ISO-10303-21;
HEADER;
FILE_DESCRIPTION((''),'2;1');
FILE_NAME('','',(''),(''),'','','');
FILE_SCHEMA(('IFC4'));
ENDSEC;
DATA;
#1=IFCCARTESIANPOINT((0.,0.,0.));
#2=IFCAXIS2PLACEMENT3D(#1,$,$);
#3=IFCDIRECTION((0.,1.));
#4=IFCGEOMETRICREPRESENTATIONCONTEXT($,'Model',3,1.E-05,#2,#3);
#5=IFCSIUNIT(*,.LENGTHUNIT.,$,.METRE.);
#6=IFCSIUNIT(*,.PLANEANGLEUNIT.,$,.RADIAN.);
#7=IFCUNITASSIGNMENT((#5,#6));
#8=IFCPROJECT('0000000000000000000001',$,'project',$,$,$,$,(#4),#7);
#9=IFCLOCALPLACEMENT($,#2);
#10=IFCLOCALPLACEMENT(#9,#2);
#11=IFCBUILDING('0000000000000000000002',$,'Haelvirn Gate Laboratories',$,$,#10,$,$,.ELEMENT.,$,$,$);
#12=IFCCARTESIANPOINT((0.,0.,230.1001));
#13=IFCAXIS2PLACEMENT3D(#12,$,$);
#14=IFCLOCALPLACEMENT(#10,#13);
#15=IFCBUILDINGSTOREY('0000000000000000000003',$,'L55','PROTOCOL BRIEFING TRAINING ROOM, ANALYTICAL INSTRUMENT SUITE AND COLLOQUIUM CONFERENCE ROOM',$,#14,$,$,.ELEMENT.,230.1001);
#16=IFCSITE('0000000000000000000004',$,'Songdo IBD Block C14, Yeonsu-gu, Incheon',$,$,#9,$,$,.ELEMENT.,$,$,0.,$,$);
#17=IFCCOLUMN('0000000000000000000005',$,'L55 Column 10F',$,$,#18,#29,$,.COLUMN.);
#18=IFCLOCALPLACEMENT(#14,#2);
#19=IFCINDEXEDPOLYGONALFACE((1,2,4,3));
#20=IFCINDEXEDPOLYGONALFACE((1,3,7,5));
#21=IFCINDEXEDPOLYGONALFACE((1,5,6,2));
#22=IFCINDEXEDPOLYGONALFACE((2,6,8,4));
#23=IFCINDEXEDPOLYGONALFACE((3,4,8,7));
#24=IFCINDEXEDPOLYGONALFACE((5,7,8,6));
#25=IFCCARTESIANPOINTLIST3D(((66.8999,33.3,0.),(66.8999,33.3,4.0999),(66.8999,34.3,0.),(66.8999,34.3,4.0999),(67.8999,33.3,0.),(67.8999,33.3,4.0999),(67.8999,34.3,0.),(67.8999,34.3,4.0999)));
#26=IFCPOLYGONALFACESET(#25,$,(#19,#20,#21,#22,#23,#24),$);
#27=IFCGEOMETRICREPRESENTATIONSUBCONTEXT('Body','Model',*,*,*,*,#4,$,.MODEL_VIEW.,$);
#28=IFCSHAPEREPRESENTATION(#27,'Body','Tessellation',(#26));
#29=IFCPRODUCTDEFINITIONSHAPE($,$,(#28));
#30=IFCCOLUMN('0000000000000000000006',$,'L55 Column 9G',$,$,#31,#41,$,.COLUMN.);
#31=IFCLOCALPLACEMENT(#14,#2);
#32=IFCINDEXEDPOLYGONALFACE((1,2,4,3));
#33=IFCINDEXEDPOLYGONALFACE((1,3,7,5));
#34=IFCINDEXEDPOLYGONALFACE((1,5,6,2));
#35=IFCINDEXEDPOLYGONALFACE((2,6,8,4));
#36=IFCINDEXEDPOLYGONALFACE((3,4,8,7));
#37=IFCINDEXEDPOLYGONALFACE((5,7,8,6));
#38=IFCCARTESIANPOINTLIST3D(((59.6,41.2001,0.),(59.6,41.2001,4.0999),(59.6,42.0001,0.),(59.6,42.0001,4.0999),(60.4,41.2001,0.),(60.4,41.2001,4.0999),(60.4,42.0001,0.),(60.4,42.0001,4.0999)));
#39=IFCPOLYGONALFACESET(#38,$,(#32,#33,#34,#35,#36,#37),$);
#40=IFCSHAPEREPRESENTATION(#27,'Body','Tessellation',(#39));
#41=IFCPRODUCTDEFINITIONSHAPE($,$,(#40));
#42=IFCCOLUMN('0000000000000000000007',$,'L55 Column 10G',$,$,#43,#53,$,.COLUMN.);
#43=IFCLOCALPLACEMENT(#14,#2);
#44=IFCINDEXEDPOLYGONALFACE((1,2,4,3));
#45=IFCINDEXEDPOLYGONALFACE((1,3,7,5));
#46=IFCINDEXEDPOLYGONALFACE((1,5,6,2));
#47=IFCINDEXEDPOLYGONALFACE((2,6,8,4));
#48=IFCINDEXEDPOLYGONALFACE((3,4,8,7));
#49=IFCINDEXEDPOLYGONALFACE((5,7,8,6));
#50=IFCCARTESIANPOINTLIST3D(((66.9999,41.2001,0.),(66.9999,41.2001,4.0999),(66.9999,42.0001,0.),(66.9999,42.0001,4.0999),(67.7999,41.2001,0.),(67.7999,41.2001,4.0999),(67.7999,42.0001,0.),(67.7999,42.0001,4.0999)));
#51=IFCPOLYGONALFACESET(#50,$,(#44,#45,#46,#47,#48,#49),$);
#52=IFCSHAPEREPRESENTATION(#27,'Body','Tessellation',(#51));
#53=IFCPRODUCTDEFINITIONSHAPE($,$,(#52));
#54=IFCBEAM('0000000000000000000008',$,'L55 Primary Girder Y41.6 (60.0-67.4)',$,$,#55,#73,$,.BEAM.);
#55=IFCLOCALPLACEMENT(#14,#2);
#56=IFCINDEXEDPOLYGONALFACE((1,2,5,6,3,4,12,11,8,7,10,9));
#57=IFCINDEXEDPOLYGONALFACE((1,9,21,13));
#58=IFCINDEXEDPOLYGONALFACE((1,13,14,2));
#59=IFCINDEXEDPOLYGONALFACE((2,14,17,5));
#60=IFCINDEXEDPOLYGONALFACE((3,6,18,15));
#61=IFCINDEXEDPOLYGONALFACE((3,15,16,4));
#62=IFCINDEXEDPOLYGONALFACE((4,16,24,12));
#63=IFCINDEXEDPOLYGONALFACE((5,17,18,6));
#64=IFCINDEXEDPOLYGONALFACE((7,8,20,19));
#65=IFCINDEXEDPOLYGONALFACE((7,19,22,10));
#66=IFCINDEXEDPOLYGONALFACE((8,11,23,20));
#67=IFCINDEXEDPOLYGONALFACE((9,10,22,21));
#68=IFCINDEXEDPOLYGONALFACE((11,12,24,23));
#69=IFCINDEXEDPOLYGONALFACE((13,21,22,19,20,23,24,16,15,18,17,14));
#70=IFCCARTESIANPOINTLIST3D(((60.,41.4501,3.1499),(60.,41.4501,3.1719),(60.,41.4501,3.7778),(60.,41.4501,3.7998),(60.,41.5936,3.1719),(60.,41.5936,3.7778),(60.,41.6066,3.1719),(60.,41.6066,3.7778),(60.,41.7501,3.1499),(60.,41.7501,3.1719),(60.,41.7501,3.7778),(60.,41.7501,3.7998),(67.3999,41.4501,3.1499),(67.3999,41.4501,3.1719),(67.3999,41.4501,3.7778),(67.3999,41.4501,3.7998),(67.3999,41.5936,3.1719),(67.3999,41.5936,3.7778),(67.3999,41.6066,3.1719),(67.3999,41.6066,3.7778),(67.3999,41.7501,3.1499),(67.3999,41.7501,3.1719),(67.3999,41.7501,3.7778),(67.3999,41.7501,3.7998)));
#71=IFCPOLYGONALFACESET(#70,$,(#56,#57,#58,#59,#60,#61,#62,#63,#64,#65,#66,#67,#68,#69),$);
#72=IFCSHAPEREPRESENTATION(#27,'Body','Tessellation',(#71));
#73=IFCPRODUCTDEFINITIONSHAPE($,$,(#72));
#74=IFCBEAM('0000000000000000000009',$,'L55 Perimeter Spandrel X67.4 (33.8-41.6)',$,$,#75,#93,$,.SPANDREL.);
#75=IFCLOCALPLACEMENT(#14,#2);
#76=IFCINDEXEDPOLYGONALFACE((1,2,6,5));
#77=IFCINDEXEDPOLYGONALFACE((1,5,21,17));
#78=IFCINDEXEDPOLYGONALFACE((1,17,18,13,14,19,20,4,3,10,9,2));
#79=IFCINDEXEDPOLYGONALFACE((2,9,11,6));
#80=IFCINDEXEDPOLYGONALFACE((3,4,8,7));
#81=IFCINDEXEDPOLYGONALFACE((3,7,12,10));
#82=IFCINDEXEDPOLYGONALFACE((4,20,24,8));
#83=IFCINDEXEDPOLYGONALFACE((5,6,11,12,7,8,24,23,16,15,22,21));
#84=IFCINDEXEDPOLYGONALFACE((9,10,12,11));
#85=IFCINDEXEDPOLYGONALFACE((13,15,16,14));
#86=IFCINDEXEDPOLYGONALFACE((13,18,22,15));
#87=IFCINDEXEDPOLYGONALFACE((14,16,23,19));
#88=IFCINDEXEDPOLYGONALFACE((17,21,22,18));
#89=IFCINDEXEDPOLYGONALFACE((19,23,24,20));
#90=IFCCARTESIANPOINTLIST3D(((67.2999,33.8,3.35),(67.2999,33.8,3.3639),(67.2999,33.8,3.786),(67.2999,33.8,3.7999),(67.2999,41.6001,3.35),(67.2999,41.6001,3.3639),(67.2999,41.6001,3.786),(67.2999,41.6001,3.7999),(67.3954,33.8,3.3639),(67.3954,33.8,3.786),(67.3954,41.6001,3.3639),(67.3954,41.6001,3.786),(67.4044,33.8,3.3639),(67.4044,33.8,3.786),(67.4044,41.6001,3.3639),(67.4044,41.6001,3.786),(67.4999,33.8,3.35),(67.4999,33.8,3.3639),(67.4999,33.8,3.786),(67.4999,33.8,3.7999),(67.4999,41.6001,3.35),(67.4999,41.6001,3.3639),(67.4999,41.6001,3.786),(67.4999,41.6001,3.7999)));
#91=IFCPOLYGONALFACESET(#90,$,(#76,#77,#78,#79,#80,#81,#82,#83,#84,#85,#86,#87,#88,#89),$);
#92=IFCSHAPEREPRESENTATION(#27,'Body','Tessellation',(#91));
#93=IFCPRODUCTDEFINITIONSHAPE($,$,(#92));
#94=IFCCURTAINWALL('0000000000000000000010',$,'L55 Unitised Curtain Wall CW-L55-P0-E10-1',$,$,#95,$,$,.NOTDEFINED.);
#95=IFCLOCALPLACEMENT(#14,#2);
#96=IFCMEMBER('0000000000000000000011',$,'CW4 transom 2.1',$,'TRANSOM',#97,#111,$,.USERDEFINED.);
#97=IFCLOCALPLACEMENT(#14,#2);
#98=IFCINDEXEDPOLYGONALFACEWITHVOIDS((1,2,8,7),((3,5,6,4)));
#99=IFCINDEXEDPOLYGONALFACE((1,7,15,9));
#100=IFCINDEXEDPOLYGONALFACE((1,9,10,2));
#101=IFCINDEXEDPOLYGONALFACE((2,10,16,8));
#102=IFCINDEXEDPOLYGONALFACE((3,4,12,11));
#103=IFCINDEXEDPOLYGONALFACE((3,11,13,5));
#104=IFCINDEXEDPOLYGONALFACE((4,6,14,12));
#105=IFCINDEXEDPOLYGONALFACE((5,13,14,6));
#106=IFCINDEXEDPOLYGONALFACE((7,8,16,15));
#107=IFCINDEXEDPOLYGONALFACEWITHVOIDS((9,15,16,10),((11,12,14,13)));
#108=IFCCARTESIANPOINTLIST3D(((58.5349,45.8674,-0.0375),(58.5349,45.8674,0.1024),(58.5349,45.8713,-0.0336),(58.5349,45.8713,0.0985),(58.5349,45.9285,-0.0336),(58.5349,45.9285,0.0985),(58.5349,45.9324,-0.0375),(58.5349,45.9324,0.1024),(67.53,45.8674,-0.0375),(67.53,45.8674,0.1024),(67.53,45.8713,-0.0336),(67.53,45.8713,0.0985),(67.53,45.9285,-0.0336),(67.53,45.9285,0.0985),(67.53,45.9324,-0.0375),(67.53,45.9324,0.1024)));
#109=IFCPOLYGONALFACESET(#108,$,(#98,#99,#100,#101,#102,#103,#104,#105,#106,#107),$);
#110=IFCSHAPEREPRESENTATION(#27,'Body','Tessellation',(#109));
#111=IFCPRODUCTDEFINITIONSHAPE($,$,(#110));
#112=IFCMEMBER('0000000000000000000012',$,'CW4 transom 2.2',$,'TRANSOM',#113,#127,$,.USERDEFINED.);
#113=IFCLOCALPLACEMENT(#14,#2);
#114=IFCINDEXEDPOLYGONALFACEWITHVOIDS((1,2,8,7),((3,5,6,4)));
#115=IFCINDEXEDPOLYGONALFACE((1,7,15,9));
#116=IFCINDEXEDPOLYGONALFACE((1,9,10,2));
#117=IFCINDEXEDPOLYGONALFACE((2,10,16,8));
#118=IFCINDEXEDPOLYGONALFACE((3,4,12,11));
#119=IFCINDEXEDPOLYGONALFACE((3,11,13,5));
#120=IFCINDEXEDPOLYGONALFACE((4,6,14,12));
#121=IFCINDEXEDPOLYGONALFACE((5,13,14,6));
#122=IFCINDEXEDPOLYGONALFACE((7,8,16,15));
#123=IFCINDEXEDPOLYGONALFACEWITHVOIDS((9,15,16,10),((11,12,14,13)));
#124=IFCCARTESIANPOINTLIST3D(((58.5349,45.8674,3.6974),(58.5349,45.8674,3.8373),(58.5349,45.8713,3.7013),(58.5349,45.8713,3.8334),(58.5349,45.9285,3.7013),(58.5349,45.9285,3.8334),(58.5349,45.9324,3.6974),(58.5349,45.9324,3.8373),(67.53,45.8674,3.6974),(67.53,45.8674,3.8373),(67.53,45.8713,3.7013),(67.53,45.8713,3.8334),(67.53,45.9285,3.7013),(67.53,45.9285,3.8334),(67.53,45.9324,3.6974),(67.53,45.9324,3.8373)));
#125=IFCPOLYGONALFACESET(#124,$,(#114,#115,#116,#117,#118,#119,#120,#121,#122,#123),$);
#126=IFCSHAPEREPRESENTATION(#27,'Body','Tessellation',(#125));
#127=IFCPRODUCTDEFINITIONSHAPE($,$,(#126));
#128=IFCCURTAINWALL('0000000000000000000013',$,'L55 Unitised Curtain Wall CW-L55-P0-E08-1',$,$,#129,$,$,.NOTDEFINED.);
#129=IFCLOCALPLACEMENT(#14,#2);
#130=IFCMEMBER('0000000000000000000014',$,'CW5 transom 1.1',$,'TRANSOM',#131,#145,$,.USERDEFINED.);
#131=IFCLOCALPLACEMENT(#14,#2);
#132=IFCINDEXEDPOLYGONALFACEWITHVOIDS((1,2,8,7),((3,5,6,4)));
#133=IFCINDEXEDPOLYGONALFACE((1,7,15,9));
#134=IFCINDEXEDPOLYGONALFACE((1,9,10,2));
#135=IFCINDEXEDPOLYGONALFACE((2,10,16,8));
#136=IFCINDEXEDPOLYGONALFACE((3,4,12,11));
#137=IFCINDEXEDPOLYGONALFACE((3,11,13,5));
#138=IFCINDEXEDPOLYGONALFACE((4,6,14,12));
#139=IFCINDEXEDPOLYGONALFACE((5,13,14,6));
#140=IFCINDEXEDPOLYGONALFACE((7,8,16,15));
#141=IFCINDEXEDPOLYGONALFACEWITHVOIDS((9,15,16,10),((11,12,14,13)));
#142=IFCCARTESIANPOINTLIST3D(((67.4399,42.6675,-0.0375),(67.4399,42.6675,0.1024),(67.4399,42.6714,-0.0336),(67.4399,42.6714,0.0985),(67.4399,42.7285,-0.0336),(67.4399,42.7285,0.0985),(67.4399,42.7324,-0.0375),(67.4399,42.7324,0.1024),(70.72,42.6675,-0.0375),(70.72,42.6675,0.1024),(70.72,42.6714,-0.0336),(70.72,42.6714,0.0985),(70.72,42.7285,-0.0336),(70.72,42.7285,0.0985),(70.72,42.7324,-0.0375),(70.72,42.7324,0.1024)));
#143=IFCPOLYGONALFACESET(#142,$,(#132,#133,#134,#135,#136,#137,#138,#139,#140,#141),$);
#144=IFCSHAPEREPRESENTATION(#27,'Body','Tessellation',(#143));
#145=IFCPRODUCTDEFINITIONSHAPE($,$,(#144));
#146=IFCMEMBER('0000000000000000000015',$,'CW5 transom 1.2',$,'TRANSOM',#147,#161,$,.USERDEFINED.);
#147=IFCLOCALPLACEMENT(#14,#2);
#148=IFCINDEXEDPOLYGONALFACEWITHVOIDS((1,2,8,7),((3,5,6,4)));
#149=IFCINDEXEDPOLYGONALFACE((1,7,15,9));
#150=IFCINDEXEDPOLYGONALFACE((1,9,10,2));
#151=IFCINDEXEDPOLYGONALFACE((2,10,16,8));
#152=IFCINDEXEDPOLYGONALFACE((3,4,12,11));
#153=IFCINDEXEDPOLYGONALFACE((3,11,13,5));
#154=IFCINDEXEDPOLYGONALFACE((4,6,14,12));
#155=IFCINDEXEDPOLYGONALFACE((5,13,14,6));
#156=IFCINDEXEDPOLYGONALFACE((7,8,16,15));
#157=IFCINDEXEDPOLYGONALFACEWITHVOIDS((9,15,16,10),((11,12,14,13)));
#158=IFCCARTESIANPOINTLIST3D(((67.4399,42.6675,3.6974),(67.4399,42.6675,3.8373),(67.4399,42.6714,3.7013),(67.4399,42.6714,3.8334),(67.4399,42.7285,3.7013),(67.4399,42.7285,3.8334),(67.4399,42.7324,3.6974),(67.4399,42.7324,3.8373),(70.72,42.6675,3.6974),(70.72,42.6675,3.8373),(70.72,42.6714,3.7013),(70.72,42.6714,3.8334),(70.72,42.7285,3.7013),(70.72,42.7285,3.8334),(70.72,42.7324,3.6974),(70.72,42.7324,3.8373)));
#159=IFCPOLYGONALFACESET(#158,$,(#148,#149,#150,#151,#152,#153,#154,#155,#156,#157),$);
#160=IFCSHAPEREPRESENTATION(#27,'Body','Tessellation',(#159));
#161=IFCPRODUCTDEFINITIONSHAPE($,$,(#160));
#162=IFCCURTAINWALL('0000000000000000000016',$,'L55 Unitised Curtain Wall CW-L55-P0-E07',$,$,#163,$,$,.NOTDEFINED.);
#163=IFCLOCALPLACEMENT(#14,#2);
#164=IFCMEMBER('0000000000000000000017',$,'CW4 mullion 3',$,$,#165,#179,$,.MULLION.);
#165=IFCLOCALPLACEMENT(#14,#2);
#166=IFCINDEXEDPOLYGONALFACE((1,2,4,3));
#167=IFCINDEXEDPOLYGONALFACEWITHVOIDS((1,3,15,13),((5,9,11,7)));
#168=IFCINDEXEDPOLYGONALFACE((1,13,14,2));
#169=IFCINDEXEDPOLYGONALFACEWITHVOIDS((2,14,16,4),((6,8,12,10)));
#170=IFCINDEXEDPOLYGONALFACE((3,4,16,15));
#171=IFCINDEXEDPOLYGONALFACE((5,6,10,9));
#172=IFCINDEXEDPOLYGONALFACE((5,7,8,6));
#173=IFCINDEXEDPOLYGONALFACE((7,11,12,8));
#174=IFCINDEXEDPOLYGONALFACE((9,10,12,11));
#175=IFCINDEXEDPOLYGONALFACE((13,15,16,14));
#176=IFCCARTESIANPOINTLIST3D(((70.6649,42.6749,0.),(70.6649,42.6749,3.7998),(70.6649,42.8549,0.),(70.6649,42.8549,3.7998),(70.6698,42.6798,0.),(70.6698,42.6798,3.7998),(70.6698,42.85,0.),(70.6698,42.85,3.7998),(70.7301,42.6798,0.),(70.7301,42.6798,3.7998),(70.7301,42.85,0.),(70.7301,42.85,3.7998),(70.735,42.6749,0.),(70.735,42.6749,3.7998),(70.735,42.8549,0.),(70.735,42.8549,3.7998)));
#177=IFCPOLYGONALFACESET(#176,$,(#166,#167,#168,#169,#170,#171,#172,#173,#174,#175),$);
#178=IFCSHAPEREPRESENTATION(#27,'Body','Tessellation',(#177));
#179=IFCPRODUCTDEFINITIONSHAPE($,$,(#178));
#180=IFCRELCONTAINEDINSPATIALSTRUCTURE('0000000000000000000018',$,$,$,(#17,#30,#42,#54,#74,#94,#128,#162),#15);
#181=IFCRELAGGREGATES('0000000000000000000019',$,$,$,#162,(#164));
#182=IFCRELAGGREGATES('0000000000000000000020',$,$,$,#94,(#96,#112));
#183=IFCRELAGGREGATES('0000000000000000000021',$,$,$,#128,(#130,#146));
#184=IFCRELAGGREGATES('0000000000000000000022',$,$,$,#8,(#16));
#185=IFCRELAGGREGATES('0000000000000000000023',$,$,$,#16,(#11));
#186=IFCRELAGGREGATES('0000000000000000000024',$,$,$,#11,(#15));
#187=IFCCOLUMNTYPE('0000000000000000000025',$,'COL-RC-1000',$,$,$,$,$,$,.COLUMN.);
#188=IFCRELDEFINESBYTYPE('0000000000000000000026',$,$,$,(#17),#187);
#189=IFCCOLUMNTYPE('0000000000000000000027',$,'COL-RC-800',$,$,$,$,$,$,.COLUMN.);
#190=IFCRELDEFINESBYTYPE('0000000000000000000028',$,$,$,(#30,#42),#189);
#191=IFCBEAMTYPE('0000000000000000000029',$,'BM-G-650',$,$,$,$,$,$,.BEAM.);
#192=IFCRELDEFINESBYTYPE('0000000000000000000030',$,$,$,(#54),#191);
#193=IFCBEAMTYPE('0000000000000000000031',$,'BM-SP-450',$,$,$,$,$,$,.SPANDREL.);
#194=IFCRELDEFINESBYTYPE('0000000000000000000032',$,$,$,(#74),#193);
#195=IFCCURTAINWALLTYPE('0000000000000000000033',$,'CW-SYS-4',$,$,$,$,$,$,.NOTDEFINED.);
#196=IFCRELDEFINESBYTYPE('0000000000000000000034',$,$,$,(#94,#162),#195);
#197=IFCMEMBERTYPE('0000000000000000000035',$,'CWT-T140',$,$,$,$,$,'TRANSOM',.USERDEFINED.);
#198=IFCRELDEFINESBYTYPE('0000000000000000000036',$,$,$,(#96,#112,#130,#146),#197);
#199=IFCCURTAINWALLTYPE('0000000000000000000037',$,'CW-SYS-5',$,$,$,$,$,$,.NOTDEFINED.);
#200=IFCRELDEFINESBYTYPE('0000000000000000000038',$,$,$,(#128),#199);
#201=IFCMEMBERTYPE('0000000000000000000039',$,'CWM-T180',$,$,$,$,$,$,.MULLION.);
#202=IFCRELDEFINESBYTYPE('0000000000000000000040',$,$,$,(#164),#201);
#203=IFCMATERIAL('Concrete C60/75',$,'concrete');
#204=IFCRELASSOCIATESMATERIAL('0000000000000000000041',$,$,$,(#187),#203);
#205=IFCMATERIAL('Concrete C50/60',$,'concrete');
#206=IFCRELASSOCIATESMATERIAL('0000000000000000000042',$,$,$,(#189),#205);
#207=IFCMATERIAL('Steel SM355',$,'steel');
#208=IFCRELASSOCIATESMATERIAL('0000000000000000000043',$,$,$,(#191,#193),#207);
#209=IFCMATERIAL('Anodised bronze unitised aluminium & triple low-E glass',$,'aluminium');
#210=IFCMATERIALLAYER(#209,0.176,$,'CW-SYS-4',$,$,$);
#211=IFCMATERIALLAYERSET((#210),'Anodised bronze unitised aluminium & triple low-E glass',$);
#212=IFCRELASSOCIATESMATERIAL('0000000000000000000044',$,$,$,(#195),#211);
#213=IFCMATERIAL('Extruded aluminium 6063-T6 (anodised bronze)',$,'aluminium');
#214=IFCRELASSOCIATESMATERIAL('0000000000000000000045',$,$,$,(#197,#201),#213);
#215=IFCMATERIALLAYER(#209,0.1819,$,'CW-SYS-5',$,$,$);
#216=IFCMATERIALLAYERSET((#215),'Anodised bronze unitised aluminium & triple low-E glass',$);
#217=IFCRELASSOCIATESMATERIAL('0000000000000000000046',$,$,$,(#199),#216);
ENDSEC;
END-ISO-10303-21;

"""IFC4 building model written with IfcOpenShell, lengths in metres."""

from ifc_helpers import new_model, si_unit, direction, frame, origin, origin_2d, place, context, subcontext, project, spatial, rectangle, hollow_rectangle, i_section, extrude, source, transform, mapped, material, layer, layer_set, material_profile, profile_set, type_object, type_shapes, element, aggregate, save


model = new_model("IFC4")

# Units and contexts
model_context = context("Model", 3, precision=1e-05, world=origin(), true_north=direction((0.0, 1.0)))
body_context = subcontext(model_context, "Body", "Model", "MODEL_VIEW")
ifc_project = project(units=[si_unit("LENGTHUNIT", "METRE"), si_unit("PLANEANGLEUNIT", "RADIAN")], contexts=[model_context])

# Site, building, storey
site_placement = place(None, origin())
site = spatial("IfcSite", under=ifc_project, at=site_placement, Name="Songdo IBD Block C14, Yeonsu-gu, Incheon", CompositionType="ELEMENT", RefElevation=0.0)
building_placement = place(site_placement, origin())
building = spatial("IfcBuilding", under=site, at=building_placement, Name="Haelvirn Gate Laboratories", CompositionType="ELEMENT")
storey_placement = place(building_placement, frame((0.0, 0.0, 230.1001)))
storey = spatial("IfcBuildingStorey", under=building, at=storey_placement, Name="L55", Description="PROTOCOL BRIEFING TRAINING ROOM, ANALYTICAL INSTRUMENT SUITE AND COLLOQUIUM CONFERENCE ROOM", CompositionType="ELEMENT", Elevation=230.1001)

# Columns
ifc_material_1 = material(Name="Concrete C60/75", Category="concrete")
ifc_material_profile_1 = material_profile(ifc_material_1, rectangle(XDim=1.0, YDim=1.0, at=origin_2d()), Name="RC-1000x1000")
ifc_profile_set_1 = profile_set([ifc_material_profile_1], Name="Concrete C60/75")
column_type_1 = type_object("IfcColumnType", Name="COL-RC-1000", PredefinedType="COLUMN", material=ifc_profile_set_1)
shared_shape_1 = source(origin(), body_context, "Body", "SweptSolid", [
    extrude(rectangle(XDim=1.0, YDim=1.0, at=origin_2d()), origin(), (0.0, 0.0, 1.0), 4.0999),
])
type_shapes(column_type_1, [shared_shape_1])
column_placement = place(storey_placement, frame((67.3999, 33.8, 0.0), z_axis=(0.0, 0.0, 1.0), x_axis=(1.0, 0.0, 0.0)))
element("IfcColumn", 1, at=column_placement, inside=storey, type_object=column_type_1, Name="L55 Column 10F", PredefinedType="COLUMN", context=body_context, shape_type="MappedRepresentation", body=[
    mapped(shared_shape_1, transform((0.0, 0.0, 0.0), scale=1.0)),
])
ifc_material_2 = material(Name="Concrete C50/60", Category="concrete")
ifc_material_profile_2 = material_profile(ifc_material_2, rectangle(XDim=0.8, YDim=0.8, at=origin_2d()), Name="RC-800x800")
ifc_profile_set_2 = profile_set([ifc_material_profile_2], Name="Concrete C50/60")
column_type_2 = type_object("IfcColumnType", Name="COL-RC-800", PredefinedType="COLUMN", material=ifc_profile_set_2)
shared_shape_2 = source(origin(), body_context, "Body", "SweptSolid", [
    extrude(rectangle(XDim=0.8, YDim=0.8, at=origin_2d()), origin(), (0.0, 0.0, 1.0), 4.0999),
])
type_shapes(column_type_2, [shared_shape_2])
for number, where, z_axis, x_axis, name in (
    (2, (60.0, 41.6001, 0.0), (0.0, 0.0, 1.0), (1.0, 0.0, 0.0), "L55 Column 9G"),
    (3, (67.3999, 41.6001, 0.0), (0.0, 0.0, 1.0), (1.0, 0.0, 0.0), "L55 Column 10G"),
):
    element("IfcColumn", number, at=place(storey_placement, frame(where, z_axis=z_axis, x_axis=x_axis)), inside=storey, type_object=column_type_2, Name=name, PredefinedType="COLUMN", context=body_context, shape_type="MappedRepresentation", body=[
        mapped(shared_shape_2, transform((0.0, 0.0, 0.0), scale=1.0)),
    ])

# Beams
ifc_material_3 = material(Name="Steel SM355", Category="steel")
ifc_material_profile_3 = material_profile(ifc_material_3, i_section(OverallWidth=0.3, OverallDepth=0.6499, WebThickness=0.0129, FlangeThickness=0.022, at=origin_2d()), Name="H-650x300x13x22")
ifc_profile_set_3 = profile_set([ifc_material_profile_3], Name="Steel SM355")
beam_type_1 = type_object("IfcBeamType", Name="BM-G-650", PredefinedType="BEAM", material=ifc_profile_set_3)
shared_shape_3 = source(origin(), body_context, "Body", "SweptSolid", [
    extrude(i_section(OverallWidth=0.3, OverallDepth=0.6499, WebThickness=0.0129, FlangeThickness=0.022, at=origin_2d()), origin(), (0.0, 0.0, 1.0), 7.3999),
])
type_shapes(beam_type_1, [shared_shape_3])
beam_1_placement = place(storey_placement, frame((60.0, 41.6001, 3.4749), z_axis=(1.0, 0.0, 0.0), x_axis=(0.0, 1.0, 0.0)))
element("IfcBeam", 4, at=beam_1_placement, inside=storey, type_object=beam_type_1, Name="L55 Primary Girder Y41.6 (60.0-67.4)", PredefinedType="BEAM", context=body_context, shape_type="MappedRepresentation", body=[
    mapped(shared_shape_3, transform((0.0, 0.0, 0.0), scale=1.0)),
])
ifc_material_profile_4 = material_profile(ifc_material_3, i_section(OverallWidth=0.2, OverallDepth=0.45, WebThickness=0.009, FlangeThickness=0.0139, at=origin_2d()), Name="H-450x200x9x14")
ifc_profile_set_4 = profile_set([ifc_material_profile_4], Name="Steel SM355")
beam_type_2 = type_object("IfcBeamType", Name="BM-SP-450", PredefinedType="SPANDREL", material=ifc_profile_set_4)
shared_shape_4 = source(origin(), body_context, "Body", "SweptSolid", [
    extrude(i_section(OverallWidth=0.2, OverallDepth=0.45, WebThickness=0.009, FlangeThickness=0.0139, at=origin_2d()), origin(), (0.0, 0.0, 1.0), 7.8),
])
type_shapes(beam_type_2, [shared_shape_4])
beam_2_placement = place(storey_placement, frame((67.3999, 33.8, 3.575), z_axis=(0.0, 1.0, 0.0), x_axis=(-1.0, 0.0, 0.0)))
element("IfcBeam", 5, at=beam_2_placement, inside=storey, type_object=beam_type_2, Name="L55 Perimeter Spandrel X67.4 (33.8-41.6)", PredefinedType="SPANDREL", context=body_context, shape_type="MappedRepresentation", body=[
    mapped(shared_shape_4, transform((0.0, 0.0, 0.0), scale=1.0)),
])

# Curtain walls, members
ifc_material_4 = material(Name="Anodised bronze unitised aluminium & triple low-E glass", Category="aluminium")
ifc_layer_1 = layer(ifc_material_4, 0.176, Name="CW-SYS-4")
ifc_layer_set_1 = layer_set([ifc_layer_1], Name="Anodised bronze unitised aluminium & triple low-E glass")
curtain_wall_type_1 = type_object("IfcCurtainWallType", Name="CW-SYS-4", PredefinedType="NOTDEFINED", material=ifc_layer_set_1)
curtain_wall_1_placement = place(storey_placement, origin())
curtain_wall_1 = element("IfcCurtainWall", 6, at=curtain_wall_1_placement, inside=storey, type_object=curtain_wall_type_1, Name="L55 Unitised Curtain Wall CW-L55-P0-E10-1", PredefinedType="NOTDEFINED")
ifc_material_5 = material(Name="Extruded aluminium 6063-T6 (anodised bronze)", Category="aluminium")
ifc_material_profile_5 = material_profile(ifc_material_5, hollow_rectangle(XDim=0.0649, YDim=0.1399, WallThickness=0.0039, at=origin_2d()), Name="CWT-140x65x4")
ifc_profile_set_5 = profile_set([ifc_material_profile_5], Name="Extruded aluminium 6063-T6 (anodised bronze)")
member_type_1 = type_object("IfcMemberType", Name="CWT-T140", ElementType="TRANSOM", PredefinedType="USERDEFINED", material=ifc_profile_set_5)
shared_shape_5 = source(origin(), body_context, "Body", "SweptSolid", [
    extrude(hollow_rectangle(XDim=0.0649, YDim=0.1399, WallThickness=0.0039, at=origin_2d()), origin(), (0.0, 0.0, 1.0), 8.9951),
])
member_1_placement = place(storey_placement, frame((58.5349, 45.8999, 0.0325), z_axis=(1.0, 0.0, 0.0), x_axis=(0.0, 1.0, 0.0)))
member_1 = element("IfcMember", 7, at=member_1_placement, type_object=member_type_1, Name="CW4 transom 2.1", ObjectType="TRANSOM", PredefinedType="USERDEFINED", context=body_context, shape_type="MappedRepresentation", body=[
    mapped(shared_shape_5, transform((0.0, 0.0, 0.0), scale=1.0)),
])
member_2_placement = place(storey_placement, frame((58.5349, 45.8999, 3.7673), z_axis=(1.0, 0.0, 0.0), x_axis=(0.0, 1.0, 0.0)))
member_2 = element("IfcMember", 8, at=member_2_placement, type_object=member_type_1, Name="CW4 transom 2.2", ObjectType="TRANSOM", PredefinedType="USERDEFINED", context=body_context, shape_type="MappedRepresentation", body=[
    mapped(shared_shape_5, transform((0.0, 0.0, 0.0), scale=1.0)),
])
ifc_layer_2 = layer(ifc_material_4, 0.1819, Name="CW-SYS-5")
ifc_layer_set_2 = layer_set([ifc_layer_2], Name="Anodised bronze unitised aluminium & triple low-E glass")
curtain_wall_type_2 = type_object("IfcCurtainWallType", Name="CW-SYS-5", PredefinedType="NOTDEFINED", material=ifc_layer_set_2)
curtain_wall_2_placement = place(storey_placement, origin())
curtain_wall_2 = element("IfcCurtainWall", 9, at=curtain_wall_2_placement, inside=storey, type_object=curtain_wall_type_2, Name="L55 Unitised Curtain Wall CW-L55-P0-E08-1", PredefinedType="NOTDEFINED")
shared_shape_6 = source(origin(), body_context, "Body", "SweptSolid", [
    extrude(hollow_rectangle(XDim=0.0649, YDim=0.1399, WallThickness=0.0039, at=origin_2d()), origin(), (0.0, 0.0, 1.0), 3.28),
])
type_shapes(member_type_1, [shared_shape_5, shared_shape_6])
member_3_placement = place(storey_placement, frame((67.4399, 42.7, 0.0325), z_axis=(1.0, 0.0, 0.0), x_axis=(0.0, 1.0, 0.0)))
member_3 = element("IfcMember", 10, at=member_3_placement, type_object=member_type_1, Name="CW5 transom 1.1", ObjectType="TRANSOM", PredefinedType="USERDEFINED", context=body_context, shape_type="MappedRepresentation", body=[
    mapped(shared_shape_6, transform((0.0, 0.0, 0.0), scale=1.0)),
])
member_4_placement = place(storey_placement, frame((67.4399, 42.7, 3.7673), z_axis=(1.0, 0.0, 0.0), x_axis=(0.0, 1.0, 0.0)))
member_4 = element("IfcMember", 11, at=member_4_placement, type_object=member_type_1, Name="CW5 transom 1.2", ObjectType="TRANSOM", PredefinedType="USERDEFINED", context=body_context, shape_type="MappedRepresentation", body=[
    mapped(shared_shape_6, transform((0.0, 0.0, 0.0), scale=1.0)),
])

# Curtain wall, member
curtain_wall_3_placement = place(storey_placement, origin())
curtain_wall_3 = element("IfcCurtainWall", 12, at=curtain_wall_3_placement, inside=storey, type_object=curtain_wall_type_1, Name="L55 Unitised Curtain Wall CW-L55-P0-E07", PredefinedType="NOTDEFINED")
ifc_material_profile_6 = material_profile(ifc_material_5, hollow_rectangle(XDim=0.0701, YDim=0.1799, WallThickness=0.0049, at=origin_2d()), Name="CWM-180x70x5")
ifc_profile_set_6 = profile_set([ifc_material_profile_6], Name="Extruded aluminium 6063-T6 (anodised bronze)")
member_type_2 = type_object("IfcMemberType", Name="CWM-T180", PredefinedType="MULLION", material=ifc_profile_set_6)
shared_shape_7 = source(origin(), body_context, "Body", "SweptSolid", [
    extrude(hollow_rectangle(XDim=0.0701, YDim=0.1799, WallThickness=0.0049, at=origin_2d()), origin(), (0.0, 0.0, 1.0), 3.7998),
])
type_shapes(member_type_2, [shared_shape_7])
member_5_placement = place(storey_placement, frame((70.7, 42.7649, 0.0), z_axis=(0.0, 0.0, 1.0), x_axis=(-1.0, 0.0, 0.0)))
member_5 = element("IfcMember", 13, at=member_5_placement, type_object=member_type_2, Name="CW4 mullion 3", PredefinedType="MULLION", context=body_context, shape_type="MappedRepresentation", body=[
    mapped(shared_shape_7, transform((0.0, 0.0, 0.0), scale=1.0)),
])
aggregate(curtain_wall_3, [member_5])

aggregate(curtain_wall_1, [member_1, member_2])
aggregate(curtain_wall_2, [member_3, member_4])

save(model, "model.ifc")
